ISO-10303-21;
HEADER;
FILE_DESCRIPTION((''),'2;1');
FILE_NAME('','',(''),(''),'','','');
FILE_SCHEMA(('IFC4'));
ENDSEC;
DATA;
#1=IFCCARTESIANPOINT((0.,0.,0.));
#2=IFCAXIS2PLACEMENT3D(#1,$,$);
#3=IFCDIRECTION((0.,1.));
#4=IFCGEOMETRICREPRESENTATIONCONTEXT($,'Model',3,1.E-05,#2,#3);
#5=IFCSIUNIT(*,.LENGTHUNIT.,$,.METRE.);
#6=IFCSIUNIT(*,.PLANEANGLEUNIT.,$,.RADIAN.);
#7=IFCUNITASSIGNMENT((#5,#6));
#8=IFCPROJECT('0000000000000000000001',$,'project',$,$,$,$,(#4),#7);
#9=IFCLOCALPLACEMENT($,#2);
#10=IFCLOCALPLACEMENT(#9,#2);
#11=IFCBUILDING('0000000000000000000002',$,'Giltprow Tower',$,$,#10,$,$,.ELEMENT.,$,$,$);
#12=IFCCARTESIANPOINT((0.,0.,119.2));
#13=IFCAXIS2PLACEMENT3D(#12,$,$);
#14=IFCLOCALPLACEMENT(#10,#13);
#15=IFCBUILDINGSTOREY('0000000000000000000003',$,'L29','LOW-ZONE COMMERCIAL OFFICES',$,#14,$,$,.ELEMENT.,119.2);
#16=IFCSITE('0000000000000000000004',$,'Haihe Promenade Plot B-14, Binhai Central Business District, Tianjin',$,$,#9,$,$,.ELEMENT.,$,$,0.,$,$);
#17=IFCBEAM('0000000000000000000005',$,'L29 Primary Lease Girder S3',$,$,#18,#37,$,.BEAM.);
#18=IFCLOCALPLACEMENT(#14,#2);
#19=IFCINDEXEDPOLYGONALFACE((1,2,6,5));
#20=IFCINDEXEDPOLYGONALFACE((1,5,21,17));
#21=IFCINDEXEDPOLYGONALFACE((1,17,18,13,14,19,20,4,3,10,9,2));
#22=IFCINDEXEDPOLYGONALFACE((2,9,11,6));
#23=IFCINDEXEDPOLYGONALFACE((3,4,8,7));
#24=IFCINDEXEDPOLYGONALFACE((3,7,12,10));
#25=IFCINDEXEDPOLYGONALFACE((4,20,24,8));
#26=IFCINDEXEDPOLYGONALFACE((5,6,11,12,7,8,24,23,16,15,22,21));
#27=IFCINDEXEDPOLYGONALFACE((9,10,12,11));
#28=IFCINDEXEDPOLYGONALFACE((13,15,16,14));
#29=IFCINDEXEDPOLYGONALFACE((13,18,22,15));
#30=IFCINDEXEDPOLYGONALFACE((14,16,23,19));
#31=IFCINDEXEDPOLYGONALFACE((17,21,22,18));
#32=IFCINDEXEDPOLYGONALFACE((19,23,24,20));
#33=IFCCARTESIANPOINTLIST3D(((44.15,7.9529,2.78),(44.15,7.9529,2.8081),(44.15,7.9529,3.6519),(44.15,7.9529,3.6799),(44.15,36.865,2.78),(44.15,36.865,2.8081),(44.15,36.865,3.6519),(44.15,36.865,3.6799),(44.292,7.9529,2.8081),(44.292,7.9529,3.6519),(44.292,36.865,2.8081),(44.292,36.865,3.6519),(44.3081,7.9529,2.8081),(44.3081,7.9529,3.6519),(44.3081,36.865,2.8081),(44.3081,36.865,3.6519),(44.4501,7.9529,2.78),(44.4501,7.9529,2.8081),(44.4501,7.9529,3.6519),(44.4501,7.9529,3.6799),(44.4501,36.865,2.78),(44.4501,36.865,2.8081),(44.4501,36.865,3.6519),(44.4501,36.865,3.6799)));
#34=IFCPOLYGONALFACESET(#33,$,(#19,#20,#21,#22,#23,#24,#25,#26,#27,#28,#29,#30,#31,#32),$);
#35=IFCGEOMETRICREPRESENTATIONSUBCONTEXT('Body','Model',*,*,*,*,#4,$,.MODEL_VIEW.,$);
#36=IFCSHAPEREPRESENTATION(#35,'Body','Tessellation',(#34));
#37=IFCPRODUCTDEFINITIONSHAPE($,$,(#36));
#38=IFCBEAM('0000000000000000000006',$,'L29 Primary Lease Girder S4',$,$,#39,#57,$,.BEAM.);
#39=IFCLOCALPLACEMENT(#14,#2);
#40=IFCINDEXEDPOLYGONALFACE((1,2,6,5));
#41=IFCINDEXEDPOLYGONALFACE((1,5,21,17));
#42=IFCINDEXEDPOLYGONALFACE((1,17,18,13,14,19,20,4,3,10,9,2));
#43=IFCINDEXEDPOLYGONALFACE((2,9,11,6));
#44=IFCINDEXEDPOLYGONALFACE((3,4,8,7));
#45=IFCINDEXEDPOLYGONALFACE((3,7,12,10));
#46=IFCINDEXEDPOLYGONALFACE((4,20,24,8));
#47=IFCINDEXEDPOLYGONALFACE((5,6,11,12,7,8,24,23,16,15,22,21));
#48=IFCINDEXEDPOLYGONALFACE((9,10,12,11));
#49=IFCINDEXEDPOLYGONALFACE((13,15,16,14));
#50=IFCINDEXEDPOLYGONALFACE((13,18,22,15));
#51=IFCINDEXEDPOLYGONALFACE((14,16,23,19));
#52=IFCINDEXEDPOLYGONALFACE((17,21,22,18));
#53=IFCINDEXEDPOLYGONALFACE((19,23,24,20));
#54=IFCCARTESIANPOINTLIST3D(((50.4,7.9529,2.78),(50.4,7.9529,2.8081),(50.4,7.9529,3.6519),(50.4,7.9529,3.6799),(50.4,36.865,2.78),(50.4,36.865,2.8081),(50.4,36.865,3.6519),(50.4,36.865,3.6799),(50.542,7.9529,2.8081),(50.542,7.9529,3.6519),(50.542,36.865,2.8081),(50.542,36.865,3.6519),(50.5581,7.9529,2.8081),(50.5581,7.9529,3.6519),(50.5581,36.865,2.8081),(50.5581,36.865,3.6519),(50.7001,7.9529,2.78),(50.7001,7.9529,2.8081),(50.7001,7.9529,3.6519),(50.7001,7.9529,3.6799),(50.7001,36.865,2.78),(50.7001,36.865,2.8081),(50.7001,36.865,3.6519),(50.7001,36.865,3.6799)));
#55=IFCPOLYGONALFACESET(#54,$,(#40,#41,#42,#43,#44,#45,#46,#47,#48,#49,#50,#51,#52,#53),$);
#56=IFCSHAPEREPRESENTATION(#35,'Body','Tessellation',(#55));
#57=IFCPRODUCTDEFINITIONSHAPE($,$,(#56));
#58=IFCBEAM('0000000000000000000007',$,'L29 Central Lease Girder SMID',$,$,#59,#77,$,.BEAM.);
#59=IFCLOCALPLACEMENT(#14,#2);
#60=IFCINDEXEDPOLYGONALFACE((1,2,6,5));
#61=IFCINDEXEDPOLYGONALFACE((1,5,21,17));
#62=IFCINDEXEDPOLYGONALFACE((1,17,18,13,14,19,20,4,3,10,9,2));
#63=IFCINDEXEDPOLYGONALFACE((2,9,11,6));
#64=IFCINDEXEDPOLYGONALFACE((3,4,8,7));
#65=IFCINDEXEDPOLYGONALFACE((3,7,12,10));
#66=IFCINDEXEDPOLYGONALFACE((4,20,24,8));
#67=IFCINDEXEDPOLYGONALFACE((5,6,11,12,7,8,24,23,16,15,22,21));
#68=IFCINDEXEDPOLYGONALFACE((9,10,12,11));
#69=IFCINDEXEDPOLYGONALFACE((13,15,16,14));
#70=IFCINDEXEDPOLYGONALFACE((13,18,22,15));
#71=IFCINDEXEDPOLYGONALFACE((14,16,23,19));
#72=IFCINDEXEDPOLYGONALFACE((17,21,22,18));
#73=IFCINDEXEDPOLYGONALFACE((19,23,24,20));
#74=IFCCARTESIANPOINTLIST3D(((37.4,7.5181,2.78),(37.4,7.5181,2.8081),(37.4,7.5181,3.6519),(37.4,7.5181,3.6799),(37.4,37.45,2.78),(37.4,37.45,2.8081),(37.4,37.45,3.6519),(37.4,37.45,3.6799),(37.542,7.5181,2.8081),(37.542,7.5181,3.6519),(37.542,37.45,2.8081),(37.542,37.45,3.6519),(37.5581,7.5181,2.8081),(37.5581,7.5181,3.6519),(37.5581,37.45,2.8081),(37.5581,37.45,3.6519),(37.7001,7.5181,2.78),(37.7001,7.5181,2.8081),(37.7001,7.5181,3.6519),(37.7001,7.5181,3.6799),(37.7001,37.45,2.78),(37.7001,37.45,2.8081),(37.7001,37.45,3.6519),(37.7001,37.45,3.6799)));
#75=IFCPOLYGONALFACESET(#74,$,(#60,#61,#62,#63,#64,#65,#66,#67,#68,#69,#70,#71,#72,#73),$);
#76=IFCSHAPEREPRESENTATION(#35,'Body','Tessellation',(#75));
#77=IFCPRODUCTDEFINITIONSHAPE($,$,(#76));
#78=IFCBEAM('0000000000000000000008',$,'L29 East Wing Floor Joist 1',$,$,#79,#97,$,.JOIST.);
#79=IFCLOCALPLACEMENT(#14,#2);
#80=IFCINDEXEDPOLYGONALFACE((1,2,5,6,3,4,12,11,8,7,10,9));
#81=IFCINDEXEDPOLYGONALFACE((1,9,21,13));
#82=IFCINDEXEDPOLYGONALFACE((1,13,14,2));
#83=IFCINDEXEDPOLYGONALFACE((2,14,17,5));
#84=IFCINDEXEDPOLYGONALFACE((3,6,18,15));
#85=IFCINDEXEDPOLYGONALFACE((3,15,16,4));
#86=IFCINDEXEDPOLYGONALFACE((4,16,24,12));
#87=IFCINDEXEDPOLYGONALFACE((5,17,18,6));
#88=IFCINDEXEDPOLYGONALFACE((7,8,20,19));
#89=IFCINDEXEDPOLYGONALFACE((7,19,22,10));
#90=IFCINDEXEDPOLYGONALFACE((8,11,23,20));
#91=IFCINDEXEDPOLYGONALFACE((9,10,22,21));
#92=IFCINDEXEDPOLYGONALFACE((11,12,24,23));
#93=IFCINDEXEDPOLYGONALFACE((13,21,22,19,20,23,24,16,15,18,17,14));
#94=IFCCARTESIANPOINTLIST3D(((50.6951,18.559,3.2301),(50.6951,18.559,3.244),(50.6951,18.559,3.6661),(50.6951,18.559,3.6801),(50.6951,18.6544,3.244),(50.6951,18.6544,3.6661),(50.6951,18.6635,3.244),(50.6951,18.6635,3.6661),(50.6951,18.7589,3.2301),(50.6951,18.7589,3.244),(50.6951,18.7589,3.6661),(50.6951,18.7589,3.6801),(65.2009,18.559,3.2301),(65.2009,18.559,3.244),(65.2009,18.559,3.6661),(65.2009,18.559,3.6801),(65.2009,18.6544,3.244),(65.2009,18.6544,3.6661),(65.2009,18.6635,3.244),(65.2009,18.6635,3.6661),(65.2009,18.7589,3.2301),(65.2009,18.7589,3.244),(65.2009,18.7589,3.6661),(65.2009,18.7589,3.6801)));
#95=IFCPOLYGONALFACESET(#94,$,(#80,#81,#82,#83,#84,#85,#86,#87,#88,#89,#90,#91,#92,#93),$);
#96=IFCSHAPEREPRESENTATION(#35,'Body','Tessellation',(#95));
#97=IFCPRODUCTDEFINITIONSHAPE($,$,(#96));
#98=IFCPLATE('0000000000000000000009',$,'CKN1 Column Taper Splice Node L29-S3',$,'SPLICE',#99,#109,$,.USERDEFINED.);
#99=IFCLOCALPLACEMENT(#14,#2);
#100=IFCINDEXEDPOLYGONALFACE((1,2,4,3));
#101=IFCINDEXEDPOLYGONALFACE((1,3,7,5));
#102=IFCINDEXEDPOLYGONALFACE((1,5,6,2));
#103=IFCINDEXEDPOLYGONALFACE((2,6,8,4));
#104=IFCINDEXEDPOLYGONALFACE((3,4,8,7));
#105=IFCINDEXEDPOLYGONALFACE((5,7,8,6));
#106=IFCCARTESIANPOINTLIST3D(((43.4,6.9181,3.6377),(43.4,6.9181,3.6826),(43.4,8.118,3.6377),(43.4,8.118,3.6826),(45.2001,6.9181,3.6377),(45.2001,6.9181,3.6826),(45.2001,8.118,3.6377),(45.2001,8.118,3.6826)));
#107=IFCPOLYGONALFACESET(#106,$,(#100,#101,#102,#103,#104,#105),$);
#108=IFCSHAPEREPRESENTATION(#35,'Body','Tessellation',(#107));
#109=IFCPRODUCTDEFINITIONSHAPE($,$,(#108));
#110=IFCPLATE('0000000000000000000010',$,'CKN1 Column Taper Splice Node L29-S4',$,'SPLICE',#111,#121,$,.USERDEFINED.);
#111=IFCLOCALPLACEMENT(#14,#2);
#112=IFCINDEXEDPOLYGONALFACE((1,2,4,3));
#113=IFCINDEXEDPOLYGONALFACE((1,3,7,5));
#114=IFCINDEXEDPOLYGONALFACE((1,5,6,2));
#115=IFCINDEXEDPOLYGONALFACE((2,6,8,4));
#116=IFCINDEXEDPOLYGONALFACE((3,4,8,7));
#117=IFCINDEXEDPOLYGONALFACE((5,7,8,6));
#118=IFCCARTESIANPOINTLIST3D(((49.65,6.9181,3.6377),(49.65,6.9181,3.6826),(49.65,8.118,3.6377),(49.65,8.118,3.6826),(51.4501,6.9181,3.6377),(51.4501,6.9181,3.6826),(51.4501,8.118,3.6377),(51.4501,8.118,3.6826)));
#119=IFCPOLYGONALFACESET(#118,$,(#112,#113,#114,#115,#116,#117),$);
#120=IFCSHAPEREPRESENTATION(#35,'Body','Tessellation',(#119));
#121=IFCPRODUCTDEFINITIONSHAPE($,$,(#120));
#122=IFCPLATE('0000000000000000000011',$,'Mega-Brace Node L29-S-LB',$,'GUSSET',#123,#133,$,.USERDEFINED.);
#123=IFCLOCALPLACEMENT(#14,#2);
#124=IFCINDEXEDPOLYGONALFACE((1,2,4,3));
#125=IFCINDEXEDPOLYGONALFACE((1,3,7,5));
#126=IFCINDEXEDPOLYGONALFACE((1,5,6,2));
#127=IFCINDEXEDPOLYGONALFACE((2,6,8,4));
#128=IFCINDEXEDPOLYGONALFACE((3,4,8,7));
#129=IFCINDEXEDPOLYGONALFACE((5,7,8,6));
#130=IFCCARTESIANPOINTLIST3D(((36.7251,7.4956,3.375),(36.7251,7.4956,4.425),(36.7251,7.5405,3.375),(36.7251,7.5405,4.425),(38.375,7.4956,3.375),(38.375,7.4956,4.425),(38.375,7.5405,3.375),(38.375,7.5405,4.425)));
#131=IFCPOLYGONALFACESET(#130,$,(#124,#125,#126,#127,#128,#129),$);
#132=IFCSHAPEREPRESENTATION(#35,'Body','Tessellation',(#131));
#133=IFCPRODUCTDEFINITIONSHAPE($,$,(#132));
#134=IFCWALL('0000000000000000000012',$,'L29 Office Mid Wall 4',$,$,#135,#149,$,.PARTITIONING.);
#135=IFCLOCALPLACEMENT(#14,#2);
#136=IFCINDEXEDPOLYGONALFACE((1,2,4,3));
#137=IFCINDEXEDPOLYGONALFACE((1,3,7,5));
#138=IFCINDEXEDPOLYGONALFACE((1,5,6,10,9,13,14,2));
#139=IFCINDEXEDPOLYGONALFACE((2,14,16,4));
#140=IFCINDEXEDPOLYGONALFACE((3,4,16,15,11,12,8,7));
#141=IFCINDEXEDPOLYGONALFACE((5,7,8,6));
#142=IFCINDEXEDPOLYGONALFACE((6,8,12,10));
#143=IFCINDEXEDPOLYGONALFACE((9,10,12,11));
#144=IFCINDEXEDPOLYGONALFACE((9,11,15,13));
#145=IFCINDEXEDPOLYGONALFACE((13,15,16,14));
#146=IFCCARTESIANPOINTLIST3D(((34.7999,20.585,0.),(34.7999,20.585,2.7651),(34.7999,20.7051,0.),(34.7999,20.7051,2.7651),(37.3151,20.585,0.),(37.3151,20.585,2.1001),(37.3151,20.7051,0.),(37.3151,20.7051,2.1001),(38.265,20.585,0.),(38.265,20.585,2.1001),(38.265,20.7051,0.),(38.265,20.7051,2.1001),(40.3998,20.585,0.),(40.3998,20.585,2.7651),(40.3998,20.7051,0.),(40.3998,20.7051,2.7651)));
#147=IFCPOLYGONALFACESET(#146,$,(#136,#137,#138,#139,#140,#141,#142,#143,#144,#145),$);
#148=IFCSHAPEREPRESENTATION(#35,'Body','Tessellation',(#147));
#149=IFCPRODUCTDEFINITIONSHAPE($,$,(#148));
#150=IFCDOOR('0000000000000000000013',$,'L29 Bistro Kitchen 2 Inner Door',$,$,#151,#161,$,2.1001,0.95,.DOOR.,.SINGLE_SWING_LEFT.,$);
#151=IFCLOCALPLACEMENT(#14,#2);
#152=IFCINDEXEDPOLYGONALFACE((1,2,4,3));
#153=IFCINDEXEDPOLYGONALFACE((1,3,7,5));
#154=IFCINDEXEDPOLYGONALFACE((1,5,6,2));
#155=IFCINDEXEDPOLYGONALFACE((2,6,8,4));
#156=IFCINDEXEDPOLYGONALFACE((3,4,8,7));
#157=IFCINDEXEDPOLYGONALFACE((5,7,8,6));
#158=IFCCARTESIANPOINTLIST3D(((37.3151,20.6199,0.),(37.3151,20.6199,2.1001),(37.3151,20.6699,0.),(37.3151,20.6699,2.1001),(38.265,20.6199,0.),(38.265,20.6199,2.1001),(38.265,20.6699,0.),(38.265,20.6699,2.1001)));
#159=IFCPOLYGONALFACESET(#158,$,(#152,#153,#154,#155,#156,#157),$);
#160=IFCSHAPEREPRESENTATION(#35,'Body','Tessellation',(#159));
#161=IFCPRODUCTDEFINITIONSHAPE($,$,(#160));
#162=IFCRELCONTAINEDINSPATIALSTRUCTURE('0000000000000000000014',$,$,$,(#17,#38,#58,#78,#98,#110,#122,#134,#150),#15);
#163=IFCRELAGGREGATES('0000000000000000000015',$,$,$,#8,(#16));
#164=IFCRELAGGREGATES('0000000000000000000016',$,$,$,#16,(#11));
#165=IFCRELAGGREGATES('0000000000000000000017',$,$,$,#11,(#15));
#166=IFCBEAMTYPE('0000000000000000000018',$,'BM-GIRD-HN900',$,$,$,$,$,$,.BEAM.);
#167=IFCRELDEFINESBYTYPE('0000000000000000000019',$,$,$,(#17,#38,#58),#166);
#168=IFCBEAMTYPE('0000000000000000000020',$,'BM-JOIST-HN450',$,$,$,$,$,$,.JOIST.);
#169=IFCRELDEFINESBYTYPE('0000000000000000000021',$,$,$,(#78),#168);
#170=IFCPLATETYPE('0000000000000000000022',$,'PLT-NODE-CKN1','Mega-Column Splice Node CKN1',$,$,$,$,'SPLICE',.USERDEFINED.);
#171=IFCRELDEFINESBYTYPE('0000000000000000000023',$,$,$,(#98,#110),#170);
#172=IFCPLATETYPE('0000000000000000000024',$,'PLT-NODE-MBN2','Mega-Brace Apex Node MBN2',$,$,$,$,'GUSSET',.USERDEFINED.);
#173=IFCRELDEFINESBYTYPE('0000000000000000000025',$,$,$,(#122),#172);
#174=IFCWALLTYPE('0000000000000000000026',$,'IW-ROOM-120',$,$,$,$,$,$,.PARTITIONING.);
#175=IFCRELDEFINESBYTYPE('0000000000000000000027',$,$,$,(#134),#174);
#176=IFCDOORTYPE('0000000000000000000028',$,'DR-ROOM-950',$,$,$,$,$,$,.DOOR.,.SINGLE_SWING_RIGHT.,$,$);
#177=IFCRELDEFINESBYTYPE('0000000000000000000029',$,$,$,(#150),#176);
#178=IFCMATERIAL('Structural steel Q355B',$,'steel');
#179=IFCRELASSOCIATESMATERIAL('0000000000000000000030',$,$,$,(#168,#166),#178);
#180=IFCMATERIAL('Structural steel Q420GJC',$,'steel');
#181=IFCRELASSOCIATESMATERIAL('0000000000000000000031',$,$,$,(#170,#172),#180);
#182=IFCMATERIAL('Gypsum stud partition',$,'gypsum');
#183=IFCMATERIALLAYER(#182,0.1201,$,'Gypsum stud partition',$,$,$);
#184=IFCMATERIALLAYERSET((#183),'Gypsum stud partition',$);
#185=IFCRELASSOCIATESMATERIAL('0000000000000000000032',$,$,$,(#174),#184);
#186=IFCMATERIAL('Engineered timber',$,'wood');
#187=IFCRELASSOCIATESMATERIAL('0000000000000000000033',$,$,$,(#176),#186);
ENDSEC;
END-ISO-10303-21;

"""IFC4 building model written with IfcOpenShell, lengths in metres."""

from ifc_helpers import new_model, si_unit, direction, frame, frame_2d, origin, origin_2d, place, context, subcontext, project, spatial, rectangle, i_section, extrude, source, transform, mapped, material, layer, layer_set, material_profile, profile_set, type_object, element, fill, save


model = new_model("IFC4")

# Units and contexts
model_context = context("Model", 3, precision=1e-05, world=origin(), true_north=direction((0.0, 1.0)))
body_context = subcontext(model_context, "Body", "Model", "MODEL_VIEW")
ifc_project = project(units=[si_unit("LENGTHUNIT", "METRE"), si_unit("PLANEANGLEUNIT", "RADIAN")], contexts=[model_context])

# Site, building, storey
site_placement = place(None, origin())
site = spatial("IfcSite", under=ifc_project, at=site_placement, Name="Haihe Promenade Plot B-14, Binhai Central Business District, Tianjin", CompositionType="ELEMENT", RefElevation=0.0)
building_placement = place(site_placement, origin())
building = spatial("IfcBuilding", under=site, at=building_placement, Name="Giltprow Tower", CompositionType="ELEMENT")
storey_placement = place(building_placement, frame((0.0, 0.0, 119.2)))
storey = spatial("IfcBuildingStorey", under=building, at=storey_placement, Name="L29", Description="LOW-ZONE COMMERCIAL OFFICES", CompositionType="ELEMENT", Elevation=119.2)

# Beams
ifc_material_1 = material(Name="Structural steel Q355B", Category="steel")
ifc_material_profile_1 = material_profile(ifc_material_1, i_section(OverallWidth=0.2, OverallDepth=0.45, WebThickness=0.009, FlangeThickness=0.0139, at=origin_2d()), Name="HN 450x200x9x14")
ifc_profile_set_1 = profile_set([ifc_material_profile_1], Name="Structural steel Q355B")
beam_type_1 = type_object("IfcBeamType", Name="BM-JOIST-HN450", PredefinedType="JOIST", material=ifc_profile_set_1)
ifc_material_profile_2 = material_profile(ifc_material_1, i_section(OverallWidth=0.3, OverallDepth=0.8999, WebThickness=0.0161, FlangeThickness=0.0281, at=origin_2d()), Name="HN 900x300x16x28")
ifc_profile_set_2 = profile_set([ifc_material_profile_2], Name="Structural steel Q355B")
beam_type_2 = type_object("IfcBeamType", Name="BM-GIRD-HN900", PredefinedType="BEAM", material=ifc_profile_set_2)
shared_shape_1 = source(origin(), body_context, "Body", "SweptSolid", [
    extrude(i_section(OverallWidth=0.3, OverallDepth=0.8999, WebThickness=0.0161, FlangeThickness=0.0281, at=origin_2d()), origin(), (0.0, 0.0, 1.0), 28.9121),
])
for number, where, z_axis, x_axis, name in (
    (1, (44.3, 7.9529, 3.23), (0.0, 1.0, 0.0), (-1.0, 0.0, 0.0), "L29 Primary Lease Girder S3"),
    (2, (50.55, 7.9529, 3.23), (0.0, 1.0, 0.0), (-1.0, 0.0, 0.0), "L29 Primary Lease Girder S4"),
):
    element("IfcBeam", number, at=place(storey_placement, frame(where, z_axis=z_axis, x_axis=x_axis)), inside=storey, type_object=beam_type_2, Name=name, PredefinedType="BEAM", context=body_context, shape_type="MappedRepresentation", body=[
        mapped(shared_shape_1, transform((0.0, 0.0, 0.0), x_axis=(1.0, 0.0, 0.0), y_axis=(0.0, 1.0, 0.0), z_axis=(0.0, 0.0, 1.0), scale=1.0)),
    ])
shared_shape_2 = source(origin(), body_context, "Body", "SweptSolid", [
    extrude(i_section(OverallWidth=0.3, OverallDepth=0.8999, WebThickness=0.0161, FlangeThickness=0.0281, at=origin_2d()), origin(), (0.0, 0.0, 1.0), 29.9319),
])
beam_1_placement = place(storey_placement, frame((37.55, 7.5181, 3.23), z_axis=(0.0, 1.0, 0.0), x_axis=(-1.0, 0.0, 0.0)))
element("IfcBeam", 3, at=beam_1_placement, inside=storey, type_object=beam_type_2, Name="L29 Central Lease Girder SMID", PredefinedType="BEAM", context=body_context, shape_type="MappedRepresentation", body=[
    mapped(shared_shape_2, transform((0.0, 0.0, 0.0), x_axis=(1.0, 0.0, 0.0), y_axis=(0.0, 1.0, 0.0), z_axis=(0.0, 0.0, 1.0), scale=1.0)),
])
shared_shape_3 = source(origin(), body_context, "Body", "SweptSolid", [
    extrude(i_section(OverallWidth=0.2, OverallDepth=0.45, WebThickness=0.009, FlangeThickness=0.0139, at=origin_2d()), origin(), (0.0, 0.0, 1.0), 14.5059),
])
beam_2_placement = place(storey_placement, frame((50.6951, 18.6589, 3.4551), z_axis=(1.0, 0.0, 0.0), x_axis=(0.0, 1.0, 0.0)))
element("IfcBeam", 4, at=beam_2_placement, inside=storey, type_object=beam_type_1, Name="L29 East Wing Floor Joist 1", PredefinedType="JOIST", context=body_context, shape_type="MappedRepresentation", body=[
    mapped(shared_shape_3, transform((0.0, 0.0, 0.0), x_axis=(1.0, 0.0, 0.0), y_axis=(0.0, 1.0, 0.0), z_axis=(0.0, 0.0, 1.0), scale=1.0)),
])

# Plates
ifc_material_2 = material(Name="Structural steel Q420GJC", Category="steel")
plate_type_1 = type_object("IfcPlateType", Name="PLT-NODE-CKN1", Description="Mega-Column Splice Node CKN1", ElementType="SPLICE", PredefinedType="USERDEFINED", material=ifc_material_2)
shared_shape_4 = source(origin(), body_context, "Body", "SweptSolid", [
    extrude(rectangle(XDim=1.8, YDim=1.2, at=origin_2d()), origin(), (0.0, 0.0, 1.0), 0.0449),
])
for number, where, z_axis, x_axis, name in (
    (5, (44.3, 7.5181, 3.6377), (0.0, 0.0, 1.0), (1.0, 0.0, 0.0), "CKN1 Column Taper Splice Node L29-S3"),
    (6, (50.55, 7.5181, 3.6377), (0.0, 0.0, 1.0), (1.0, 0.0, 0.0), "CKN1 Column Taper Splice Node L29-S4"),
):
    element("IfcPlate", number, at=place(storey_placement, frame(where, z_axis=z_axis, x_axis=x_axis)), inside=storey, type_object=plate_type_1, Name=name, ObjectType="SPLICE", PredefinedType="USERDEFINED", context=body_context, shape_type="MappedRepresentation", body=[
        mapped(shared_shape_4, transform((0.0, 0.0, 0.0), x_axis=(1.0, 0.0, 0.0), y_axis=(0.0, 1.0, 0.0), z_axis=(0.0, 0.0, 1.0), scale=1.0)),
    ])
plate_type_2 = type_object("IfcPlateType", Name="PLT-NODE-MBN2", Description="Mega-Brace Apex Node MBN2", ElementType="GUSSET", PredefinedType="USERDEFINED", material=ifc_material_2)
shared_shape_5 = source(origin(), body_context, "Body", "SweptSolid", [
    extrude(rectangle(XDim=1.6499, YDim=0.0449, at=origin_2d()), origin(), (0.0, 0.0, 1.0), 1.05),
])
plate_placement = place(storey_placement, frame((37.55, 7.5181, 3.375), z_axis=(0.0, 0.0, 1.0), x_axis=(1.0, 0.0, 0.0)))
element("IfcPlate", 7, at=plate_placement, inside=storey, type_object=plate_type_2, Name="Mega-Brace Node L29-S-LB", ObjectType="GUSSET", PredefinedType="USERDEFINED", context=body_context, shape_type="MappedRepresentation", body=[
    mapped(shared_shape_5, transform((0.0, 0.0, 0.0), x_axis=(1.0, 0.0, 0.0), y_axis=(0.0, 1.0, 0.0), z_axis=(0.0, 0.0, 1.0), scale=1.0)),
])

# Wall, opening, door
ifc_material_3 = material(Name="Gypsum stud partition", Category="gypsum")
ifc_layer = layer(ifc_material_3, 0.1201, Name="Gypsum stud partition")
ifc_layer_set = layer_set([ifc_layer], Name="Gypsum stud partition")
wall_type = type_object("IfcWallType", Name="IW-ROOM-120", PredefinedType="PARTITIONING", material=ifc_layer_set)
wall_1_placement = place(storey_placement, frame((34.8, 20.645, 0.0), z_axis=(0.0, 0.0, 1.0), x_axis=(1.0, 0.0, 0.0)))
wall_1 = element("IfcWall", 8, at=wall_1_placement, inside=storey, type_object=wall_type, Name="L29 Office Mid Wall 4", PredefinedType="PARTITIONING", context=body_context, shape_type="SweptSolid", body=[
    extrude(rectangle(XDim=5.5999, YDim=0.1201, at=frame_2d((2.7998, 0.0))), origin(), (0.0, 0.0, 1.0), 2.7651),
])
opening_1_placement = place(wall_1_placement, frame((2.5149, 0.0, 0.0)))
opening_1 = element("IfcOpeningElement", 9, at=opening_1_placement, cuts=wall_1, PredefinedType="OPENING", context=body_context, shape_type="SweptSolid", body=[
    extrude(rectangle(XDim=0.95, YDim=2.1001, at=frame_2d((0.4751, 1.05))), frame((0.0, 0.0701, 0.0), z_axis=(0.0, -1.0, 0.0), x_axis=(1.0, 0.0, 0.0)), (0.0, 0.0, 1.0), 0.1401),
])
ifc_material_4 = material(Name="Engineered timber", Category="wood")
door_type = type_object("IfcDoorType", Name="DR-ROOM-950", OperationType="SINGLE_SWING_RIGHT", PredefinedType="DOOR", material=ifc_material_4)
shared_shape_6 = source(origin(), body_context, "Body", "SweptSolid", [
    extrude(rectangle(XDim=0.95, YDim=2.1001, at=frame_2d((0.4751, 1.05))), frame((0.0, 0.0249, 0.0), z_axis=(0.0, -1.0, 0.0), x_axis=(1.0, 0.0, 0.0)), (0.0, 0.0, 1.0), 0.05),
])
door_1_placement = place(opening_1_placement, origin())
door_1 = element("IfcDoor", 10, at=door_1_placement, inside=storey, type_object=door_type, Name="L29 Bistro Kitchen 2 Inner Door", OperationType="SINGLE_SWING_LEFT", OverallHeight=2.1001, OverallWidth=0.95, PredefinedType="DOOR", context=body_context, shape_type="MappedRepresentation", body=[
    mapped(shared_shape_6, transform((0.0, 0.0, 0.0), x_axis=(1.0, 0.0, 0.0), y_axis=(0.0, 1.0, 0.0), z_axis=(0.0, 0.0, 1.0), scale=1.0)),
])
fill(opening_1, door_1)

save(model, "model.ifc")
